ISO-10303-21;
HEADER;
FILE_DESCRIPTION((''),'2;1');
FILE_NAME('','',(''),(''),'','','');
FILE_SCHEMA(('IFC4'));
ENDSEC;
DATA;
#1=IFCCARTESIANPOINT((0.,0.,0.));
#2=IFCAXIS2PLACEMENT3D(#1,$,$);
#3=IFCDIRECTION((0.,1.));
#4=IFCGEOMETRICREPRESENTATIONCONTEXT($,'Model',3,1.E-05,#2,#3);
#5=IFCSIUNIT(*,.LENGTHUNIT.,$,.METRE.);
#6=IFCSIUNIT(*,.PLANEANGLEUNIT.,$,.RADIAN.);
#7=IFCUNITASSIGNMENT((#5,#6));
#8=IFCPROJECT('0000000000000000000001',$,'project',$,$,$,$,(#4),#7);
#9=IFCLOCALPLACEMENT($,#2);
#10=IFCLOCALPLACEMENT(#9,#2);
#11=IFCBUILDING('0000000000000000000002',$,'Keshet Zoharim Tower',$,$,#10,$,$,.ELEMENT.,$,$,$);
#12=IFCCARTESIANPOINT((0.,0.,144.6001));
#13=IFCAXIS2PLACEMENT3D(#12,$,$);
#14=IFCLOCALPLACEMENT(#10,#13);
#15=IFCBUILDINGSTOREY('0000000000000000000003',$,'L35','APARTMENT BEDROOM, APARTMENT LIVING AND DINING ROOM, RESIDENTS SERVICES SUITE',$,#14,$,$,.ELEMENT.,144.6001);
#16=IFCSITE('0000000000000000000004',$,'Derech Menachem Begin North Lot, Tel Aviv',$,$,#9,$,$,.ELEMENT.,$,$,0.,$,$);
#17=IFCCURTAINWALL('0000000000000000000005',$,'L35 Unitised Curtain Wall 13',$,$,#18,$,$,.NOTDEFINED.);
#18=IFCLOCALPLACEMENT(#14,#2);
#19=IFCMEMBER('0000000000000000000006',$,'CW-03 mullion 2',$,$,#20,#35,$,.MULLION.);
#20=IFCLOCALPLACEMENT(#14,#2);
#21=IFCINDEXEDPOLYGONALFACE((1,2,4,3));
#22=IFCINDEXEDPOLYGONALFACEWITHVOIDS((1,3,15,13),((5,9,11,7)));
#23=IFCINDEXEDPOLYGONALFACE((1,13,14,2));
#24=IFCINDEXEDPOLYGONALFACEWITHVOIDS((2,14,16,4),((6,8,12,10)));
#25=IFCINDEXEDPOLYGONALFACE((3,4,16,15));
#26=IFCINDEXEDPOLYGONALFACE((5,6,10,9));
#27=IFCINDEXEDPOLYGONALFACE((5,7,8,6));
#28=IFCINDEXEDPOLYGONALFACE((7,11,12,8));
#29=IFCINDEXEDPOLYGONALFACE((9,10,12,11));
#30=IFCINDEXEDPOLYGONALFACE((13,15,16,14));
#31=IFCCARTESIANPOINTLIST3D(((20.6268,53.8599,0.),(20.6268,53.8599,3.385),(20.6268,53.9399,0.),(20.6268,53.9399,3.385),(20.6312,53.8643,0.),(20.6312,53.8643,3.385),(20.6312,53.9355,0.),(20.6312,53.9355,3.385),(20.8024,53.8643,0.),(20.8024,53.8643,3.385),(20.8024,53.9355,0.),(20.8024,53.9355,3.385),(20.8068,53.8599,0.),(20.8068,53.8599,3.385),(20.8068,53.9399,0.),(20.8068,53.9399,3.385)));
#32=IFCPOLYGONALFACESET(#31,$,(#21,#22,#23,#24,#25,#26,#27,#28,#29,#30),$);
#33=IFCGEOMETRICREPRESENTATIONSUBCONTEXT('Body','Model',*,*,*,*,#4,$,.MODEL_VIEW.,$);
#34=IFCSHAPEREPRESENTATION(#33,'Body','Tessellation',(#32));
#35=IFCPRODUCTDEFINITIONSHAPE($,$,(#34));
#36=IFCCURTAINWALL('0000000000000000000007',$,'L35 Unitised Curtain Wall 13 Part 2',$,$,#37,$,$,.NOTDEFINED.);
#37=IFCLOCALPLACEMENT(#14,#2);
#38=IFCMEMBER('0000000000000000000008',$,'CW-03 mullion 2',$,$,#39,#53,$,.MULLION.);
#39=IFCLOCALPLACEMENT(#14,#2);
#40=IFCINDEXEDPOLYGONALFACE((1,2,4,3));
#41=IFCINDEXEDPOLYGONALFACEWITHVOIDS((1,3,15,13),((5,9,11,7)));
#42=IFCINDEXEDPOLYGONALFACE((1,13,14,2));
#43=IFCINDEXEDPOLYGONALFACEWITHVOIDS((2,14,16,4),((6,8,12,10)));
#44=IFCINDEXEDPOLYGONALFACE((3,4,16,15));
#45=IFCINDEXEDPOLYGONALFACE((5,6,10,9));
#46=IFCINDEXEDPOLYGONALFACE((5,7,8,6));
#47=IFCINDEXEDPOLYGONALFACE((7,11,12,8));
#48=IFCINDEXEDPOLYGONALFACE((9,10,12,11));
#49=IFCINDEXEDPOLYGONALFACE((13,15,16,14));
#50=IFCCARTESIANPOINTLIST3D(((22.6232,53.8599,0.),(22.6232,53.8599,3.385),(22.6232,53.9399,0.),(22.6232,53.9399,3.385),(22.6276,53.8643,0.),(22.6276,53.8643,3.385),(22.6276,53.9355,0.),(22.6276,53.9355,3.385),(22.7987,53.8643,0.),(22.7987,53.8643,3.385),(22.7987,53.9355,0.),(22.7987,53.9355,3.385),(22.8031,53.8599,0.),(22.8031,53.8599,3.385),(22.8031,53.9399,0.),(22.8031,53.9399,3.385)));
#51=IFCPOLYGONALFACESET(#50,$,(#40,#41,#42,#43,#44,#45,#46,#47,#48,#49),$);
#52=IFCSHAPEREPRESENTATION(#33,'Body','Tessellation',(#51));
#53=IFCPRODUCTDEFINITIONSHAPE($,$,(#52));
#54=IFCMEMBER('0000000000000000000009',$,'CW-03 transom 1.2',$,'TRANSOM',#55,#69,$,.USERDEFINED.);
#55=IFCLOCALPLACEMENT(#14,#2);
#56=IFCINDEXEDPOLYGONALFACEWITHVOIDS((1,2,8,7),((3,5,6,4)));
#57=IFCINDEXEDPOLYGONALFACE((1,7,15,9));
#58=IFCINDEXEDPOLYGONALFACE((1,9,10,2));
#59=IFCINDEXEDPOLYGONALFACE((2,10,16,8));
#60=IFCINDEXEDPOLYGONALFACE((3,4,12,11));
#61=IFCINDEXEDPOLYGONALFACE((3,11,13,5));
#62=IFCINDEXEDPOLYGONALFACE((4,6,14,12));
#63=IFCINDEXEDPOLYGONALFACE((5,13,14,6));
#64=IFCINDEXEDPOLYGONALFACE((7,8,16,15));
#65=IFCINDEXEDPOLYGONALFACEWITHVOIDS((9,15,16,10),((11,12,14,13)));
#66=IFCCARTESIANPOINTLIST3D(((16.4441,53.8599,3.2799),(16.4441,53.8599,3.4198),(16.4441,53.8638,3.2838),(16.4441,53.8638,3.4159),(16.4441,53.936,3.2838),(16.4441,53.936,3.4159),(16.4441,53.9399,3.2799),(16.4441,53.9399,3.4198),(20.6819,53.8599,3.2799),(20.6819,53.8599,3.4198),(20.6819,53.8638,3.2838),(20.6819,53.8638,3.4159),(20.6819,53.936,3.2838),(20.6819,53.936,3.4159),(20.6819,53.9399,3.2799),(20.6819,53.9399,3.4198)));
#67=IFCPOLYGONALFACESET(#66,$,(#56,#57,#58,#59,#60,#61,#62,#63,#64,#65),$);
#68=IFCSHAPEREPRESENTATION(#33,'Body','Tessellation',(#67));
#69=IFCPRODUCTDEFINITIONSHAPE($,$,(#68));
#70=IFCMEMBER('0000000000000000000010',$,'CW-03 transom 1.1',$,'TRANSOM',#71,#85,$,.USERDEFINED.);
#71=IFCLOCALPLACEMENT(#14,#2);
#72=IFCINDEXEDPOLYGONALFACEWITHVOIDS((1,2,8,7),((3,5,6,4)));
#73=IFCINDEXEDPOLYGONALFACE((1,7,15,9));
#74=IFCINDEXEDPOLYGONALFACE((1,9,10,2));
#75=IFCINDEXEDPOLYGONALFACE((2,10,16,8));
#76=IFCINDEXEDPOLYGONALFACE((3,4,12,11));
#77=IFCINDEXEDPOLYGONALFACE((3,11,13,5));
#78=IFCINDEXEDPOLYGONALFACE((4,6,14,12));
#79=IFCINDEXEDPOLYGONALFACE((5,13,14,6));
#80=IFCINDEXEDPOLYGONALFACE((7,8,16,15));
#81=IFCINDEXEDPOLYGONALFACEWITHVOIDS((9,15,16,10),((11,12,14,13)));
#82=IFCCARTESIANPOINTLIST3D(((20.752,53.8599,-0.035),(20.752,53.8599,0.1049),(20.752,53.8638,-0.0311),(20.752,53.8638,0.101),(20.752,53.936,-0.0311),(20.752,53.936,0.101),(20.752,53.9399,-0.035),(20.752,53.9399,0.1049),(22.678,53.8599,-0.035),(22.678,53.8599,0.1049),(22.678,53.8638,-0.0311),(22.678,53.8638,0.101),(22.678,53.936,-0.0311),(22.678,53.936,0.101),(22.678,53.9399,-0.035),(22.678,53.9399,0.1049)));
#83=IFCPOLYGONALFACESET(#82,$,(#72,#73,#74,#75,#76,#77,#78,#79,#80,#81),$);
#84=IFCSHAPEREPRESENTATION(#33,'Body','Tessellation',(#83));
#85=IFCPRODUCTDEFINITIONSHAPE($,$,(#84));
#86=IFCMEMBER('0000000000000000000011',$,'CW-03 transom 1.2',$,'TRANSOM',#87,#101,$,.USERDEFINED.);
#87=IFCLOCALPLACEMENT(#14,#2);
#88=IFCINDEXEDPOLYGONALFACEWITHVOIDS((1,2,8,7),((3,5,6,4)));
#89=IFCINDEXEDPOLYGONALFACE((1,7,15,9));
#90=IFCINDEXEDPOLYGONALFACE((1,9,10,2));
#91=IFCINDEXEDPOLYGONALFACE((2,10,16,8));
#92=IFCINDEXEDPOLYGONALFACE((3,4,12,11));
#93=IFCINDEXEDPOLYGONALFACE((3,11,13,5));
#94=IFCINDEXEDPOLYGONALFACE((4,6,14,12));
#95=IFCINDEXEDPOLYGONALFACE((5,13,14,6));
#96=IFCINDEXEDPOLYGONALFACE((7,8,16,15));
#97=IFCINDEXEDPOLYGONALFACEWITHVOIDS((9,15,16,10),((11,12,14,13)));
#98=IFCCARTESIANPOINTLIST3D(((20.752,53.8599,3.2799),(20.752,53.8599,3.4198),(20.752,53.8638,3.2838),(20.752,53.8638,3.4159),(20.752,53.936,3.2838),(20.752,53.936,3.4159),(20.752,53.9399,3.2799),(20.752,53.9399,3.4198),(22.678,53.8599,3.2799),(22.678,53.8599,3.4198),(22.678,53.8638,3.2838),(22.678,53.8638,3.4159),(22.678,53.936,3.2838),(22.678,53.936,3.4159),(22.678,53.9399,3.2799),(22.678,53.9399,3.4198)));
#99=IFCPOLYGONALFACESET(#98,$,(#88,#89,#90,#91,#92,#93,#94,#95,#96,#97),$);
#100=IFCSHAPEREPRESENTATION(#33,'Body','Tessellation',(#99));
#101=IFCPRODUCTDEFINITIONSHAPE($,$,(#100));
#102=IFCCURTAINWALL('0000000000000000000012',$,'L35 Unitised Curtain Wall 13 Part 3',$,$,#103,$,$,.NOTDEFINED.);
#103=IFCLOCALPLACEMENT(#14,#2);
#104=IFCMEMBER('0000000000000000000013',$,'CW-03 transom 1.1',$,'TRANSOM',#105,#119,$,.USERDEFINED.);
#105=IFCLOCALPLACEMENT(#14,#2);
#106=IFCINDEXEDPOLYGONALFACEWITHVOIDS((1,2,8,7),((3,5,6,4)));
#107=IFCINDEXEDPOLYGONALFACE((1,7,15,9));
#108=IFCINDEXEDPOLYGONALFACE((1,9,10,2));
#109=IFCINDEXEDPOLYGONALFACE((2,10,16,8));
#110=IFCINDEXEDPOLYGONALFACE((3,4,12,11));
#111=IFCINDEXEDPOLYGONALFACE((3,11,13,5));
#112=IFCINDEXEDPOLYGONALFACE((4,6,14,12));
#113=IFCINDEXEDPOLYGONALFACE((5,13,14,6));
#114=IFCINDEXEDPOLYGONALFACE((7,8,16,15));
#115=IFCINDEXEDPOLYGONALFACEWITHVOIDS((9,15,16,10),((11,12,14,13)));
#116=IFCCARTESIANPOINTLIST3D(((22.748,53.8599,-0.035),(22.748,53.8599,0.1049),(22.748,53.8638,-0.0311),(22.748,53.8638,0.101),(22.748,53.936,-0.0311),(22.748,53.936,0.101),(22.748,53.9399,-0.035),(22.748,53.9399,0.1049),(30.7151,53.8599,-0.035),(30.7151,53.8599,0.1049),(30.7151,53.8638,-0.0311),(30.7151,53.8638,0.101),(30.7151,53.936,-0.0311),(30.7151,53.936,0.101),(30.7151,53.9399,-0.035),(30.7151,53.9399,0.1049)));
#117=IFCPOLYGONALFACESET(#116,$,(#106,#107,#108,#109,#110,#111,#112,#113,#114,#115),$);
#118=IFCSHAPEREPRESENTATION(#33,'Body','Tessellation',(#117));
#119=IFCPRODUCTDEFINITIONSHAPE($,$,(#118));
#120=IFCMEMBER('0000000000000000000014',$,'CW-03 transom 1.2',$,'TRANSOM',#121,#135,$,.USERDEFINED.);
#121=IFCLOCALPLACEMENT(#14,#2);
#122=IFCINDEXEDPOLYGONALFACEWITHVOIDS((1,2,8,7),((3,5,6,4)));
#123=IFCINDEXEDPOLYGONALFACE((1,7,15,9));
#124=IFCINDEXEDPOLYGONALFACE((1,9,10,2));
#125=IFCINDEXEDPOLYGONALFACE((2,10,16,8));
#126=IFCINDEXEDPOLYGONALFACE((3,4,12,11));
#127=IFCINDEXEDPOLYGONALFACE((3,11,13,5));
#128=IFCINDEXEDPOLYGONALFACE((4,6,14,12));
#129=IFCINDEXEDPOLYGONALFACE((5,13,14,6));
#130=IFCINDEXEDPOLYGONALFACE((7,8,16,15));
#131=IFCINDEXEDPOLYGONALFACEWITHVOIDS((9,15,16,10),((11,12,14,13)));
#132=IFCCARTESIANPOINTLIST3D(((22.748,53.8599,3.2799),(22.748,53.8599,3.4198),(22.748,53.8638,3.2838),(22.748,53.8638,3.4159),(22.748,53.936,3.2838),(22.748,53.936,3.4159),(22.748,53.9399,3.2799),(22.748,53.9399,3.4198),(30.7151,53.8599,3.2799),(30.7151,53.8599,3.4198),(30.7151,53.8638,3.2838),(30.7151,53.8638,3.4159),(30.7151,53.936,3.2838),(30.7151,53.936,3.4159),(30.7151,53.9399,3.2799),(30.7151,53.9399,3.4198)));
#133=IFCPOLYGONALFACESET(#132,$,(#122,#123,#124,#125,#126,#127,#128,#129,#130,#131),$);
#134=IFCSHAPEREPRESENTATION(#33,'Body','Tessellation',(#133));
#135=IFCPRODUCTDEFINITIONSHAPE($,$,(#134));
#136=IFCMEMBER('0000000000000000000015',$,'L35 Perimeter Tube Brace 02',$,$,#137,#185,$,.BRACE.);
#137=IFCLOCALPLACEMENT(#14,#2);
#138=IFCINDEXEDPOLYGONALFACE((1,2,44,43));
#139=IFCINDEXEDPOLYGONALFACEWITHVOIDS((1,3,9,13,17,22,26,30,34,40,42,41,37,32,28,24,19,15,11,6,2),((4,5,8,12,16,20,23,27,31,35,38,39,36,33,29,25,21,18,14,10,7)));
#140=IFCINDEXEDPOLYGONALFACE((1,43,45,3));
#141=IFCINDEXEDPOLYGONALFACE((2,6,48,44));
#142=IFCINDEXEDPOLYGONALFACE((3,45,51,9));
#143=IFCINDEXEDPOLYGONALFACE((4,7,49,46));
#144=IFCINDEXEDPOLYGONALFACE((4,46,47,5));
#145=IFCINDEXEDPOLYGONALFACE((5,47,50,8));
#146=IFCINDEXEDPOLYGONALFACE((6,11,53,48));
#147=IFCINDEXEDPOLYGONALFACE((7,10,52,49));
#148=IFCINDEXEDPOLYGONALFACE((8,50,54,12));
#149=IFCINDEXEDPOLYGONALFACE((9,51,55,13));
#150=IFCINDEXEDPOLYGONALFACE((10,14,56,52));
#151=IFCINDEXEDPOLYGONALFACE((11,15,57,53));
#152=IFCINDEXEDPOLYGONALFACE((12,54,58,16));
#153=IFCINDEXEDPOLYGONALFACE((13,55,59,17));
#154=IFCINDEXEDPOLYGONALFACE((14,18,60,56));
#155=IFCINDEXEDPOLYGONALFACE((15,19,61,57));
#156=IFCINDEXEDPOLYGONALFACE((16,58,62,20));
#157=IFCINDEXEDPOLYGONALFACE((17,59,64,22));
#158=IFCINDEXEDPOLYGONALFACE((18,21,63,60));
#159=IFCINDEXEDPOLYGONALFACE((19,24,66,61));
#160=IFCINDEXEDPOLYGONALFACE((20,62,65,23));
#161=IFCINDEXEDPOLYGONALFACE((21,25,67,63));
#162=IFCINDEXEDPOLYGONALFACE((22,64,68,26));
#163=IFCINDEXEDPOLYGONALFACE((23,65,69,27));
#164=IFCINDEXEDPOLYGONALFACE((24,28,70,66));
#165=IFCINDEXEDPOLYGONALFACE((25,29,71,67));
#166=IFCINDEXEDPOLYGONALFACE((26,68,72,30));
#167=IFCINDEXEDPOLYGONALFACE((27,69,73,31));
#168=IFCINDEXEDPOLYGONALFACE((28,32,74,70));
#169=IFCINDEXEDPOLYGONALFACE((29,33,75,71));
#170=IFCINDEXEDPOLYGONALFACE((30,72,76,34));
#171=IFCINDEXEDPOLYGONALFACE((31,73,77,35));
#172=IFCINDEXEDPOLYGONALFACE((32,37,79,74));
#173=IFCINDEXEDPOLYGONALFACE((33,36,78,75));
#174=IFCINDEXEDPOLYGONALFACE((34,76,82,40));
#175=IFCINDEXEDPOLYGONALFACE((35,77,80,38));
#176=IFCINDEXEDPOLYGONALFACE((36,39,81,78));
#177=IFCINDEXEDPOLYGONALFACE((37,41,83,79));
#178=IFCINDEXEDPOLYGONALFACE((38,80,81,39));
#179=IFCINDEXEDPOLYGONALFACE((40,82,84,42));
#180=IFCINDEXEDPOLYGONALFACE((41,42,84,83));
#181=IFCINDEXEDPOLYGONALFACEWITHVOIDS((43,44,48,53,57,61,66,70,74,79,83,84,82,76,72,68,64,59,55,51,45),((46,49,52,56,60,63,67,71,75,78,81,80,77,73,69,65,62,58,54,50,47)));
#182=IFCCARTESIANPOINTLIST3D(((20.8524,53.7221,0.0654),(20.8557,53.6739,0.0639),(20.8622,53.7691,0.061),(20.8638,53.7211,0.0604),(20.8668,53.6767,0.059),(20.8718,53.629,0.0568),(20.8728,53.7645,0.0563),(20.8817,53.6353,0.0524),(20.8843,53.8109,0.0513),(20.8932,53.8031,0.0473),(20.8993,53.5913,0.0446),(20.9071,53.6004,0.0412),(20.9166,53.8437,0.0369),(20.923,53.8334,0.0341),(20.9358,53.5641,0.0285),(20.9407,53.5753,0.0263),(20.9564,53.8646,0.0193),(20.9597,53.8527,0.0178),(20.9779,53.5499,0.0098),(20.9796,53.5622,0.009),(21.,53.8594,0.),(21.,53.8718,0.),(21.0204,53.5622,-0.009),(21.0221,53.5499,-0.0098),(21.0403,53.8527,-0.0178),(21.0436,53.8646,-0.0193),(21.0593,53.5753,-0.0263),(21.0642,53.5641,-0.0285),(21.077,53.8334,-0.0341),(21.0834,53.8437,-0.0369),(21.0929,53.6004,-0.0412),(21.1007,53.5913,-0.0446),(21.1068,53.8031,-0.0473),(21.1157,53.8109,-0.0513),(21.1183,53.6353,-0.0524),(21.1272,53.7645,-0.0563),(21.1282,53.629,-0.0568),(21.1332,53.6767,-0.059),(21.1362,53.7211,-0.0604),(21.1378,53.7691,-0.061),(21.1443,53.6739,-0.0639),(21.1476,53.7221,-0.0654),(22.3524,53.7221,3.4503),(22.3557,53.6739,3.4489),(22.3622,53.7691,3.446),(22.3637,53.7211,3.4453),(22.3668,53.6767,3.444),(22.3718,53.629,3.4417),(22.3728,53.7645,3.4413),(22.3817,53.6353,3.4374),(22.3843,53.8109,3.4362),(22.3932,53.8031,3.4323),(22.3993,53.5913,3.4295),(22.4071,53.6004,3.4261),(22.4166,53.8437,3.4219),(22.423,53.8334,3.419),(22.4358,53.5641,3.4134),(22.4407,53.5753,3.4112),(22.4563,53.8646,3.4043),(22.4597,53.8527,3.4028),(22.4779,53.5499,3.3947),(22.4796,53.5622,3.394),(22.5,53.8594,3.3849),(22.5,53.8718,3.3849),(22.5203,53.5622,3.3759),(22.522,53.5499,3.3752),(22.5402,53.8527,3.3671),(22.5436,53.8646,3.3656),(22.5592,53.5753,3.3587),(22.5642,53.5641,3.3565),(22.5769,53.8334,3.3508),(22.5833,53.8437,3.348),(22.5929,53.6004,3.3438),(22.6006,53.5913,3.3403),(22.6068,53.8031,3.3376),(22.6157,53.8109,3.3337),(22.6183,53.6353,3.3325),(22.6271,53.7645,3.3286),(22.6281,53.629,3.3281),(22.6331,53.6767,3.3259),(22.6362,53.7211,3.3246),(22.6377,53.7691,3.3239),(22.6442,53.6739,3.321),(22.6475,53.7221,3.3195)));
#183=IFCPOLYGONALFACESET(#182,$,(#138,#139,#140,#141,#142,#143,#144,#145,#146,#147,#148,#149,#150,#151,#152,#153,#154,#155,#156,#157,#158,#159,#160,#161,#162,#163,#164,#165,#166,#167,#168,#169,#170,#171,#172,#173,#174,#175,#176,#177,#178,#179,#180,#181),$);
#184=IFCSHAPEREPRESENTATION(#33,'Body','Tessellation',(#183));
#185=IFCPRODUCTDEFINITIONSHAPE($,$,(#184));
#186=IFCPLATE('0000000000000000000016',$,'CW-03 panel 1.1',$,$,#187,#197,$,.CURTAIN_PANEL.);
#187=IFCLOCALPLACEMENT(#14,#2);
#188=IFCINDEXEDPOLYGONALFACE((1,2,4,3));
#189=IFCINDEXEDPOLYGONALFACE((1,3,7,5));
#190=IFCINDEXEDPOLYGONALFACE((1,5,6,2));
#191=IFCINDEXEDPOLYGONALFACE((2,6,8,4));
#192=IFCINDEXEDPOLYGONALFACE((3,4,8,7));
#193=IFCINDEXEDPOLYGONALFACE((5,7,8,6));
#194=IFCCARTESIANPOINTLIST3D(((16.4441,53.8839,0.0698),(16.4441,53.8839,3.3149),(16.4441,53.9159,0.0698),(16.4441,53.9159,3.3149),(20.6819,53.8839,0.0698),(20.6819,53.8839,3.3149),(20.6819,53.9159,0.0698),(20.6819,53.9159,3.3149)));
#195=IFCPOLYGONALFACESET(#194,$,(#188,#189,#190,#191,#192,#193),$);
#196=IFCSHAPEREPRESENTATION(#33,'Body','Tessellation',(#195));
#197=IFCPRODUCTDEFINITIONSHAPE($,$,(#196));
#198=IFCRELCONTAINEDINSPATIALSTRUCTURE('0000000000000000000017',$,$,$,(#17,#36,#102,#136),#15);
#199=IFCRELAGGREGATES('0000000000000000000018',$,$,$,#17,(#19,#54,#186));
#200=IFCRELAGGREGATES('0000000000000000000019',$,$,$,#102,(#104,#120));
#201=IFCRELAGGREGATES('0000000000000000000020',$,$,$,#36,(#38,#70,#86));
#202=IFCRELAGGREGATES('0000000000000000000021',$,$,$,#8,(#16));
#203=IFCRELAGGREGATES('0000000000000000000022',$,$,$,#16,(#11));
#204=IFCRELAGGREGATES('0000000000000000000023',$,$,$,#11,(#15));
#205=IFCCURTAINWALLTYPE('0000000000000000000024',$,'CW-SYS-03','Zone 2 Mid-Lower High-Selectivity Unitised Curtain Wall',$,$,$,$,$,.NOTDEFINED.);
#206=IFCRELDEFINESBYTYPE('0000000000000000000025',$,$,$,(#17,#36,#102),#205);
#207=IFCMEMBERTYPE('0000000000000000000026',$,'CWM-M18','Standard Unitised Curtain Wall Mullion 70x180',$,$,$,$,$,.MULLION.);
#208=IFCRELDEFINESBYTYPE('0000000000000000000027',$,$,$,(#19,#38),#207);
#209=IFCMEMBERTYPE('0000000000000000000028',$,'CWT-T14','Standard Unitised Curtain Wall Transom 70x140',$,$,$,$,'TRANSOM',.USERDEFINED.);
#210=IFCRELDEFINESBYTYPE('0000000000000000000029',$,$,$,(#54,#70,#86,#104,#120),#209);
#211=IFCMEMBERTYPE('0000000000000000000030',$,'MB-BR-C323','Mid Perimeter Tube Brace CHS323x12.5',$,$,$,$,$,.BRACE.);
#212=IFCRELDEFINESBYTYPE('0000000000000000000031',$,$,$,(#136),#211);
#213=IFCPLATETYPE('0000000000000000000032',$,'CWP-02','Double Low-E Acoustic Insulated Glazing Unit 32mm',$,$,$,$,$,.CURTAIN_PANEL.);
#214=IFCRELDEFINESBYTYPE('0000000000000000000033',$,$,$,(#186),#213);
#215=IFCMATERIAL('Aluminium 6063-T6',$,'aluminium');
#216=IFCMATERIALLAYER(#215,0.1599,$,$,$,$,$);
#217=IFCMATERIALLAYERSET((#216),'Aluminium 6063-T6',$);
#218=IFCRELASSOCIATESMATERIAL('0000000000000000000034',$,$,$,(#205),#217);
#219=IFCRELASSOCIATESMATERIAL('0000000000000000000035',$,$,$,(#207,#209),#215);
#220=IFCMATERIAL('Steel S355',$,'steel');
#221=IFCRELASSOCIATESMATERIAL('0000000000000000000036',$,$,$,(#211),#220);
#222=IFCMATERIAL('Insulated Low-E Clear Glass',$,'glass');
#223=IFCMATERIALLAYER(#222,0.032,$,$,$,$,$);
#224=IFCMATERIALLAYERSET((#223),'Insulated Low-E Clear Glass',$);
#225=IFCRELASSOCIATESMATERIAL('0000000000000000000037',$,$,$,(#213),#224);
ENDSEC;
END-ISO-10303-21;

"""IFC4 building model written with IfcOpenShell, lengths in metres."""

from ifc_helpers import new_model, si_unit, direction, frame, origin, origin_2d, place, context, subcontext, project, spatial, rectangle, hollow_rectangle, hollow_circle, extrude, material, layer, layer_set, material_profile, profile_set, type_object, element, aggregate, save


model = new_model("IFC4")

# Units and contexts
model_context = context("Model", 3, precision=1e-05, world=origin(), true_north=direction((0.0, 1.0)))
body_context = subcontext(model_context, "Body", "Model", "MODEL_VIEW")
ifc_project = project(units=[si_unit("LENGTHUNIT", "METRE"), si_unit("PLANEANGLEUNIT", "RADIAN")], contexts=[model_context])

# Site, building, storey
site_placement = place(None, origin())
site = spatial("IfcSite", under=ifc_project, at=site_placement, Name="Derech Menachem Begin North Lot, Tel Aviv", CompositionType="ELEMENT", RefElevation=0.0)
building_placement = place(site_placement, origin())
building = spatial("IfcBuilding", under=site, at=building_placement, Name="Keshet Zoharim Tower", CompositionType="ELEMENT")
storey_placement = place(building_placement, frame((0.0, 0.0, 144.6001)))
storey = spatial("IfcBuildingStorey", under=building, at=storey_placement, Name="L35", Description="APARTMENT BEDROOM, APARTMENT LIVING AND DINING ROOM, RESIDENTS SERVICES SUITE", CompositionType="ELEMENT", Elevation=144.6001)

# Shared definitions
ifc_material_1 = material(Name="Steel S355", Category="steel")

# Curtain walls, members
ifc_material_2 = material(Name="Aluminium 6063-T6", Category="aluminium")
ifc_layer_1 = layer(ifc_material_2, 0.1599)
ifc_layer_set_1 = layer_set([ifc_layer_1], Name="Aluminium 6063-T6")
curtain_wall_type = type_object("IfcCurtainWallType", Name="CW-SYS-03", Description="Zone 2 Mid-Lower High-Selectivity Unitised Curtain Wall", PredefinedType="NOTDEFINED", material=ifc_layer_set_1)
curtain_wall_1_placement = place(storey_placement, origin())
curtain_wall_1 = element("IfcCurtainWall", 1, at=curtain_wall_1_placement, inside=storey, type_object=curtain_wall_type, Name="L35 Unitised Curtain Wall 13", PredefinedType="NOTDEFINED")
ifc_material_profile_1 = material_profile(ifc_material_2, hollow_rectangle(XDim=0.0801, YDim=0.1799, WallThickness=0.0044, at=origin_2d()), Name="MUL-80x180")
ifc_profile_set_1 = profile_set([ifc_material_profile_1], Name="Aluminium 6063-T6")
member_type_1 = type_object("IfcMemberType", Name="CWM-M18", Description="Standard Unitised Curtain Wall Mullion 70x180", PredefinedType="MULLION", material=ifc_profile_set_1)
member_1_placement = place(storey_placement, frame((20.7168, 53.8999, 0.0), z_axis=(0.0, 0.0, 1.0), x_axis=(0.0, 1.0, 0.0)))
member_1 = element("IfcMember", 2, at=member_1_placement, type_object=member_type_1, Name="CW-03 mullion 2", PredefinedType="MULLION", context=body_context, shape_type="SweptSolid", body=[
    extrude(hollow_rectangle(XDim=0.0801, YDim=0.1799, WallThickness=0.0044, at=origin_2d()), origin(), (0.0, 0.0, 1.0), 3.385),
])
curtain_wall_2_placement = place(storey_placement, origin())
curtain_wall_2 = element("IfcCurtainWall", 3, at=curtain_wall_2_placement, inside=storey, type_object=curtain_wall_type, Name="L35 Unitised Curtain Wall 13 Part 2", PredefinedType="NOTDEFINED")
member_2_placement = place(storey_placement, frame((22.7131, 53.8999, 0.0), z_axis=(0.0, 0.0, 1.0), x_axis=(0.0, 1.0, 0.0)))
member_2 = element("IfcMember", 4, at=member_2_placement, type_object=member_type_1, Name="CW-03 mullion 2", PredefinedType="MULLION", context=body_context, shape_type="SweptSolid", body=[
    extrude(hollow_rectangle(XDim=0.0801, YDim=0.1799, WallThickness=0.0044, at=origin_2d()), origin(), (0.0, 0.0, 1.0), 3.385),
])

# Members
ifc_material_profile_2 = material_profile(ifc_material_2, hollow_rectangle(XDim=0.0801, YDim=0.1399, WallThickness=0.0039, at=origin_2d()), Name="TRN-80x140")
ifc_profile_set_2 = profile_set([ifc_material_profile_2], Name="Aluminium 6063-T6")
member_type_2 = type_object("IfcMemberType", Name="CWT-T14", Description="Standard Unitised Curtain Wall Transom 70x140", ElementType="TRANSOM", PredefinedType="USERDEFINED", material=ifc_profile_set_2)
member_3_placement = place(storey_placement, frame((16.4441, 53.8999, 3.3499), z_axis=(1.0, 0.0, 0.0), x_axis=(0.0, 1.0, 0.0)))
member_3 = element("IfcMember", 5, at=member_3_placement, type_object=member_type_2, Name="CW-03 transom 1.2", ObjectType="TRANSOM", PredefinedType="USERDEFINED", context=body_context, shape_type="SweptSolid", body=[
    extrude(hollow_rectangle(XDim=0.0801, YDim=0.1399, WallThickness=0.0039, at=origin_2d()), origin(), (0.0, 0.0, 1.0), 4.2378),
])
member_4_placement = place(storey_placement, frame((20.752, 53.8999, 0.0349), z_axis=(1.0, 0.0, 0.0), x_axis=(0.0, 1.0, 0.0)))
member_4 = element("IfcMember", 6, at=member_4_placement, type_object=member_type_2, Name="CW-03 transom 1.1", ObjectType="TRANSOM", PredefinedType="USERDEFINED", context=body_context, shape_type="SweptSolid", body=[
    extrude(hollow_rectangle(XDim=0.0801, YDim=0.1399, WallThickness=0.0039, at=origin_2d()), origin(), (0.0, 0.0, 1.0), 1.926),
])
member_5_placement = place(storey_placement, frame((20.752, 53.8999, 3.3499), z_axis=(1.0, 0.0, 0.0), x_axis=(0.0, 1.0, 0.0)))
member_5 = element("IfcMember", 7, at=member_5_placement, type_object=member_type_2, Name="CW-03 transom 1.2", ObjectType="TRANSOM", PredefinedType="USERDEFINED", context=body_context, shape_type="SweptSolid", body=[
    extrude(hollow_rectangle(XDim=0.0801, YDim=0.1399, WallThickness=0.0039, at=origin_2d()), origin(), (0.0, 0.0, 1.0), 1.926),
])

# Curtain wall, members
curtain_wall_3_placement = place(storey_placement, origin())
curtain_wall_3 = element("IfcCurtainWall", 8, at=curtain_wall_3_placement, inside=storey, type_object=curtain_wall_type, Name="L35 Unitised Curtain Wall 13 Part 3", PredefinedType="NOTDEFINED")
member_6_placement = place(storey_placement, frame((22.748, 53.8999, 0.0349), z_axis=(1.0, 0.0, 0.0), x_axis=(0.0, 1.0, 0.0)))
member_6 = element("IfcMember", 9, at=member_6_placement, type_object=member_type_2, Name="CW-03 transom 1.1", ObjectType="TRANSOM", PredefinedType="USERDEFINED", context=body_context, shape_type="SweptSolid", body=[
    extrude(hollow_rectangle(XDim=0.0801, YDim=0.1399, WallThickness=0.0039, at=origin_2d()), origin(), (0.0, 0.0, 1.0), 7.967),
])
member_7_placement = place(storey_placement, frame((22.748, 53.8999, 3.3499), z_axis=(1.0, 0.0, 0.0), x_axis=(0.0, 1.0, 0.0)))
member_7 = element("IfcMember", 10, at=member_7_placement, type_object=member_type_2, Name="CW-03 transom 1.2", ObjectType="TRANSOM", PredefinedType="USERDEFINED", context=body_context, shape_type="SweptSolid", body=[
    extrude(hollow_rectangle(XDim=0.0801, YDim=0.1399, WallThickness=0.0039, at=origin_2d()), origin(), (0.0, 0.0, 1.0), 7.967),
])

# Member
ifc_material_profile_3 = material_profile(ifc_material_1, hollow_circle(Radius=0.1619, WallThickness=0.0125, at=origin_2d()), Name="CHS323x12.5")
ifc_profile_set_3 = profile_set([ifc_material_profile_3], Name="Steel S355")
member_type_3 = type_object("IfcMemberType", Name="MB-BR-C323", Description="Mid Perimeter Tube Brace CHS323x12.5", PredefinedType="BRACE", material=ifc_profile_set_3)
member_8_placement = place(storey_placement, frame((21.0, 53.71, 0.0), z_axis=(0.405135, 0.0, 0.914257), x_axis=(0.0, 1.0, 0.0)))
element("IfcMember", 11, at=member_8_placement, inside=storey, type_object=member_type_3, Name="L35 Perimeter Tube Brace 02", PredefinedType="BRACE", context=body_context, shape_type="SweptSolid", body=[
    extrude(hollow_circle(Radius=0.1619, WallThickness=0.0125, at=origin_2d()), origin(), (0.0, 0.0, 1.0), 3.7024),
])

# Plate
ifc_material_3 = material(Name="Insulated Low-E Clear Glass", Category="glass")
ifc_layer_2 = layer(ifc_material_3, 0.032)
ifc_layer_set_2 = layer_set([ifc_layer_2], Name="Insulated Low-E Clear Glass")
plate_type_1 = type_object("IfcPlateType", Name="CWP-02", Description="Double Low-E Acoustic Insulated Glazing Unit 32mm", PredefinedType="CURTAIN_PANEL", material=ifc_layer_set_2)
plate_1_placement = place(storey_placement, frame((18.563, 53.8999, 0.0698), z_axis=(0.0, 0.0, 1.0), x_axis=(1.0, 0.0, 0.0)))
plate_1 = element("IfcPlate", 12, at=plate_1_placement, type_object=plate_type_1, Name="CW-03 panel 1.1", PredefinedType="CURTAIN_PANEL", context=body_context, shape_type="SweptSolid", body=[
    extrude(rectangle(XDim=4.2378, YDim=0.032, at=origin_2d()), origin(), (0.0, 0.0, 1.0), 3.2451),
])
aggregate(curtain_wall_1, [member_1, member_3, plate_1])
aggregate(curtain_wall_3, [member_6, member_7])
aggregate(curtain_wall_2, [member_2, member_4, member_5])

save(model, "model.ifc")
